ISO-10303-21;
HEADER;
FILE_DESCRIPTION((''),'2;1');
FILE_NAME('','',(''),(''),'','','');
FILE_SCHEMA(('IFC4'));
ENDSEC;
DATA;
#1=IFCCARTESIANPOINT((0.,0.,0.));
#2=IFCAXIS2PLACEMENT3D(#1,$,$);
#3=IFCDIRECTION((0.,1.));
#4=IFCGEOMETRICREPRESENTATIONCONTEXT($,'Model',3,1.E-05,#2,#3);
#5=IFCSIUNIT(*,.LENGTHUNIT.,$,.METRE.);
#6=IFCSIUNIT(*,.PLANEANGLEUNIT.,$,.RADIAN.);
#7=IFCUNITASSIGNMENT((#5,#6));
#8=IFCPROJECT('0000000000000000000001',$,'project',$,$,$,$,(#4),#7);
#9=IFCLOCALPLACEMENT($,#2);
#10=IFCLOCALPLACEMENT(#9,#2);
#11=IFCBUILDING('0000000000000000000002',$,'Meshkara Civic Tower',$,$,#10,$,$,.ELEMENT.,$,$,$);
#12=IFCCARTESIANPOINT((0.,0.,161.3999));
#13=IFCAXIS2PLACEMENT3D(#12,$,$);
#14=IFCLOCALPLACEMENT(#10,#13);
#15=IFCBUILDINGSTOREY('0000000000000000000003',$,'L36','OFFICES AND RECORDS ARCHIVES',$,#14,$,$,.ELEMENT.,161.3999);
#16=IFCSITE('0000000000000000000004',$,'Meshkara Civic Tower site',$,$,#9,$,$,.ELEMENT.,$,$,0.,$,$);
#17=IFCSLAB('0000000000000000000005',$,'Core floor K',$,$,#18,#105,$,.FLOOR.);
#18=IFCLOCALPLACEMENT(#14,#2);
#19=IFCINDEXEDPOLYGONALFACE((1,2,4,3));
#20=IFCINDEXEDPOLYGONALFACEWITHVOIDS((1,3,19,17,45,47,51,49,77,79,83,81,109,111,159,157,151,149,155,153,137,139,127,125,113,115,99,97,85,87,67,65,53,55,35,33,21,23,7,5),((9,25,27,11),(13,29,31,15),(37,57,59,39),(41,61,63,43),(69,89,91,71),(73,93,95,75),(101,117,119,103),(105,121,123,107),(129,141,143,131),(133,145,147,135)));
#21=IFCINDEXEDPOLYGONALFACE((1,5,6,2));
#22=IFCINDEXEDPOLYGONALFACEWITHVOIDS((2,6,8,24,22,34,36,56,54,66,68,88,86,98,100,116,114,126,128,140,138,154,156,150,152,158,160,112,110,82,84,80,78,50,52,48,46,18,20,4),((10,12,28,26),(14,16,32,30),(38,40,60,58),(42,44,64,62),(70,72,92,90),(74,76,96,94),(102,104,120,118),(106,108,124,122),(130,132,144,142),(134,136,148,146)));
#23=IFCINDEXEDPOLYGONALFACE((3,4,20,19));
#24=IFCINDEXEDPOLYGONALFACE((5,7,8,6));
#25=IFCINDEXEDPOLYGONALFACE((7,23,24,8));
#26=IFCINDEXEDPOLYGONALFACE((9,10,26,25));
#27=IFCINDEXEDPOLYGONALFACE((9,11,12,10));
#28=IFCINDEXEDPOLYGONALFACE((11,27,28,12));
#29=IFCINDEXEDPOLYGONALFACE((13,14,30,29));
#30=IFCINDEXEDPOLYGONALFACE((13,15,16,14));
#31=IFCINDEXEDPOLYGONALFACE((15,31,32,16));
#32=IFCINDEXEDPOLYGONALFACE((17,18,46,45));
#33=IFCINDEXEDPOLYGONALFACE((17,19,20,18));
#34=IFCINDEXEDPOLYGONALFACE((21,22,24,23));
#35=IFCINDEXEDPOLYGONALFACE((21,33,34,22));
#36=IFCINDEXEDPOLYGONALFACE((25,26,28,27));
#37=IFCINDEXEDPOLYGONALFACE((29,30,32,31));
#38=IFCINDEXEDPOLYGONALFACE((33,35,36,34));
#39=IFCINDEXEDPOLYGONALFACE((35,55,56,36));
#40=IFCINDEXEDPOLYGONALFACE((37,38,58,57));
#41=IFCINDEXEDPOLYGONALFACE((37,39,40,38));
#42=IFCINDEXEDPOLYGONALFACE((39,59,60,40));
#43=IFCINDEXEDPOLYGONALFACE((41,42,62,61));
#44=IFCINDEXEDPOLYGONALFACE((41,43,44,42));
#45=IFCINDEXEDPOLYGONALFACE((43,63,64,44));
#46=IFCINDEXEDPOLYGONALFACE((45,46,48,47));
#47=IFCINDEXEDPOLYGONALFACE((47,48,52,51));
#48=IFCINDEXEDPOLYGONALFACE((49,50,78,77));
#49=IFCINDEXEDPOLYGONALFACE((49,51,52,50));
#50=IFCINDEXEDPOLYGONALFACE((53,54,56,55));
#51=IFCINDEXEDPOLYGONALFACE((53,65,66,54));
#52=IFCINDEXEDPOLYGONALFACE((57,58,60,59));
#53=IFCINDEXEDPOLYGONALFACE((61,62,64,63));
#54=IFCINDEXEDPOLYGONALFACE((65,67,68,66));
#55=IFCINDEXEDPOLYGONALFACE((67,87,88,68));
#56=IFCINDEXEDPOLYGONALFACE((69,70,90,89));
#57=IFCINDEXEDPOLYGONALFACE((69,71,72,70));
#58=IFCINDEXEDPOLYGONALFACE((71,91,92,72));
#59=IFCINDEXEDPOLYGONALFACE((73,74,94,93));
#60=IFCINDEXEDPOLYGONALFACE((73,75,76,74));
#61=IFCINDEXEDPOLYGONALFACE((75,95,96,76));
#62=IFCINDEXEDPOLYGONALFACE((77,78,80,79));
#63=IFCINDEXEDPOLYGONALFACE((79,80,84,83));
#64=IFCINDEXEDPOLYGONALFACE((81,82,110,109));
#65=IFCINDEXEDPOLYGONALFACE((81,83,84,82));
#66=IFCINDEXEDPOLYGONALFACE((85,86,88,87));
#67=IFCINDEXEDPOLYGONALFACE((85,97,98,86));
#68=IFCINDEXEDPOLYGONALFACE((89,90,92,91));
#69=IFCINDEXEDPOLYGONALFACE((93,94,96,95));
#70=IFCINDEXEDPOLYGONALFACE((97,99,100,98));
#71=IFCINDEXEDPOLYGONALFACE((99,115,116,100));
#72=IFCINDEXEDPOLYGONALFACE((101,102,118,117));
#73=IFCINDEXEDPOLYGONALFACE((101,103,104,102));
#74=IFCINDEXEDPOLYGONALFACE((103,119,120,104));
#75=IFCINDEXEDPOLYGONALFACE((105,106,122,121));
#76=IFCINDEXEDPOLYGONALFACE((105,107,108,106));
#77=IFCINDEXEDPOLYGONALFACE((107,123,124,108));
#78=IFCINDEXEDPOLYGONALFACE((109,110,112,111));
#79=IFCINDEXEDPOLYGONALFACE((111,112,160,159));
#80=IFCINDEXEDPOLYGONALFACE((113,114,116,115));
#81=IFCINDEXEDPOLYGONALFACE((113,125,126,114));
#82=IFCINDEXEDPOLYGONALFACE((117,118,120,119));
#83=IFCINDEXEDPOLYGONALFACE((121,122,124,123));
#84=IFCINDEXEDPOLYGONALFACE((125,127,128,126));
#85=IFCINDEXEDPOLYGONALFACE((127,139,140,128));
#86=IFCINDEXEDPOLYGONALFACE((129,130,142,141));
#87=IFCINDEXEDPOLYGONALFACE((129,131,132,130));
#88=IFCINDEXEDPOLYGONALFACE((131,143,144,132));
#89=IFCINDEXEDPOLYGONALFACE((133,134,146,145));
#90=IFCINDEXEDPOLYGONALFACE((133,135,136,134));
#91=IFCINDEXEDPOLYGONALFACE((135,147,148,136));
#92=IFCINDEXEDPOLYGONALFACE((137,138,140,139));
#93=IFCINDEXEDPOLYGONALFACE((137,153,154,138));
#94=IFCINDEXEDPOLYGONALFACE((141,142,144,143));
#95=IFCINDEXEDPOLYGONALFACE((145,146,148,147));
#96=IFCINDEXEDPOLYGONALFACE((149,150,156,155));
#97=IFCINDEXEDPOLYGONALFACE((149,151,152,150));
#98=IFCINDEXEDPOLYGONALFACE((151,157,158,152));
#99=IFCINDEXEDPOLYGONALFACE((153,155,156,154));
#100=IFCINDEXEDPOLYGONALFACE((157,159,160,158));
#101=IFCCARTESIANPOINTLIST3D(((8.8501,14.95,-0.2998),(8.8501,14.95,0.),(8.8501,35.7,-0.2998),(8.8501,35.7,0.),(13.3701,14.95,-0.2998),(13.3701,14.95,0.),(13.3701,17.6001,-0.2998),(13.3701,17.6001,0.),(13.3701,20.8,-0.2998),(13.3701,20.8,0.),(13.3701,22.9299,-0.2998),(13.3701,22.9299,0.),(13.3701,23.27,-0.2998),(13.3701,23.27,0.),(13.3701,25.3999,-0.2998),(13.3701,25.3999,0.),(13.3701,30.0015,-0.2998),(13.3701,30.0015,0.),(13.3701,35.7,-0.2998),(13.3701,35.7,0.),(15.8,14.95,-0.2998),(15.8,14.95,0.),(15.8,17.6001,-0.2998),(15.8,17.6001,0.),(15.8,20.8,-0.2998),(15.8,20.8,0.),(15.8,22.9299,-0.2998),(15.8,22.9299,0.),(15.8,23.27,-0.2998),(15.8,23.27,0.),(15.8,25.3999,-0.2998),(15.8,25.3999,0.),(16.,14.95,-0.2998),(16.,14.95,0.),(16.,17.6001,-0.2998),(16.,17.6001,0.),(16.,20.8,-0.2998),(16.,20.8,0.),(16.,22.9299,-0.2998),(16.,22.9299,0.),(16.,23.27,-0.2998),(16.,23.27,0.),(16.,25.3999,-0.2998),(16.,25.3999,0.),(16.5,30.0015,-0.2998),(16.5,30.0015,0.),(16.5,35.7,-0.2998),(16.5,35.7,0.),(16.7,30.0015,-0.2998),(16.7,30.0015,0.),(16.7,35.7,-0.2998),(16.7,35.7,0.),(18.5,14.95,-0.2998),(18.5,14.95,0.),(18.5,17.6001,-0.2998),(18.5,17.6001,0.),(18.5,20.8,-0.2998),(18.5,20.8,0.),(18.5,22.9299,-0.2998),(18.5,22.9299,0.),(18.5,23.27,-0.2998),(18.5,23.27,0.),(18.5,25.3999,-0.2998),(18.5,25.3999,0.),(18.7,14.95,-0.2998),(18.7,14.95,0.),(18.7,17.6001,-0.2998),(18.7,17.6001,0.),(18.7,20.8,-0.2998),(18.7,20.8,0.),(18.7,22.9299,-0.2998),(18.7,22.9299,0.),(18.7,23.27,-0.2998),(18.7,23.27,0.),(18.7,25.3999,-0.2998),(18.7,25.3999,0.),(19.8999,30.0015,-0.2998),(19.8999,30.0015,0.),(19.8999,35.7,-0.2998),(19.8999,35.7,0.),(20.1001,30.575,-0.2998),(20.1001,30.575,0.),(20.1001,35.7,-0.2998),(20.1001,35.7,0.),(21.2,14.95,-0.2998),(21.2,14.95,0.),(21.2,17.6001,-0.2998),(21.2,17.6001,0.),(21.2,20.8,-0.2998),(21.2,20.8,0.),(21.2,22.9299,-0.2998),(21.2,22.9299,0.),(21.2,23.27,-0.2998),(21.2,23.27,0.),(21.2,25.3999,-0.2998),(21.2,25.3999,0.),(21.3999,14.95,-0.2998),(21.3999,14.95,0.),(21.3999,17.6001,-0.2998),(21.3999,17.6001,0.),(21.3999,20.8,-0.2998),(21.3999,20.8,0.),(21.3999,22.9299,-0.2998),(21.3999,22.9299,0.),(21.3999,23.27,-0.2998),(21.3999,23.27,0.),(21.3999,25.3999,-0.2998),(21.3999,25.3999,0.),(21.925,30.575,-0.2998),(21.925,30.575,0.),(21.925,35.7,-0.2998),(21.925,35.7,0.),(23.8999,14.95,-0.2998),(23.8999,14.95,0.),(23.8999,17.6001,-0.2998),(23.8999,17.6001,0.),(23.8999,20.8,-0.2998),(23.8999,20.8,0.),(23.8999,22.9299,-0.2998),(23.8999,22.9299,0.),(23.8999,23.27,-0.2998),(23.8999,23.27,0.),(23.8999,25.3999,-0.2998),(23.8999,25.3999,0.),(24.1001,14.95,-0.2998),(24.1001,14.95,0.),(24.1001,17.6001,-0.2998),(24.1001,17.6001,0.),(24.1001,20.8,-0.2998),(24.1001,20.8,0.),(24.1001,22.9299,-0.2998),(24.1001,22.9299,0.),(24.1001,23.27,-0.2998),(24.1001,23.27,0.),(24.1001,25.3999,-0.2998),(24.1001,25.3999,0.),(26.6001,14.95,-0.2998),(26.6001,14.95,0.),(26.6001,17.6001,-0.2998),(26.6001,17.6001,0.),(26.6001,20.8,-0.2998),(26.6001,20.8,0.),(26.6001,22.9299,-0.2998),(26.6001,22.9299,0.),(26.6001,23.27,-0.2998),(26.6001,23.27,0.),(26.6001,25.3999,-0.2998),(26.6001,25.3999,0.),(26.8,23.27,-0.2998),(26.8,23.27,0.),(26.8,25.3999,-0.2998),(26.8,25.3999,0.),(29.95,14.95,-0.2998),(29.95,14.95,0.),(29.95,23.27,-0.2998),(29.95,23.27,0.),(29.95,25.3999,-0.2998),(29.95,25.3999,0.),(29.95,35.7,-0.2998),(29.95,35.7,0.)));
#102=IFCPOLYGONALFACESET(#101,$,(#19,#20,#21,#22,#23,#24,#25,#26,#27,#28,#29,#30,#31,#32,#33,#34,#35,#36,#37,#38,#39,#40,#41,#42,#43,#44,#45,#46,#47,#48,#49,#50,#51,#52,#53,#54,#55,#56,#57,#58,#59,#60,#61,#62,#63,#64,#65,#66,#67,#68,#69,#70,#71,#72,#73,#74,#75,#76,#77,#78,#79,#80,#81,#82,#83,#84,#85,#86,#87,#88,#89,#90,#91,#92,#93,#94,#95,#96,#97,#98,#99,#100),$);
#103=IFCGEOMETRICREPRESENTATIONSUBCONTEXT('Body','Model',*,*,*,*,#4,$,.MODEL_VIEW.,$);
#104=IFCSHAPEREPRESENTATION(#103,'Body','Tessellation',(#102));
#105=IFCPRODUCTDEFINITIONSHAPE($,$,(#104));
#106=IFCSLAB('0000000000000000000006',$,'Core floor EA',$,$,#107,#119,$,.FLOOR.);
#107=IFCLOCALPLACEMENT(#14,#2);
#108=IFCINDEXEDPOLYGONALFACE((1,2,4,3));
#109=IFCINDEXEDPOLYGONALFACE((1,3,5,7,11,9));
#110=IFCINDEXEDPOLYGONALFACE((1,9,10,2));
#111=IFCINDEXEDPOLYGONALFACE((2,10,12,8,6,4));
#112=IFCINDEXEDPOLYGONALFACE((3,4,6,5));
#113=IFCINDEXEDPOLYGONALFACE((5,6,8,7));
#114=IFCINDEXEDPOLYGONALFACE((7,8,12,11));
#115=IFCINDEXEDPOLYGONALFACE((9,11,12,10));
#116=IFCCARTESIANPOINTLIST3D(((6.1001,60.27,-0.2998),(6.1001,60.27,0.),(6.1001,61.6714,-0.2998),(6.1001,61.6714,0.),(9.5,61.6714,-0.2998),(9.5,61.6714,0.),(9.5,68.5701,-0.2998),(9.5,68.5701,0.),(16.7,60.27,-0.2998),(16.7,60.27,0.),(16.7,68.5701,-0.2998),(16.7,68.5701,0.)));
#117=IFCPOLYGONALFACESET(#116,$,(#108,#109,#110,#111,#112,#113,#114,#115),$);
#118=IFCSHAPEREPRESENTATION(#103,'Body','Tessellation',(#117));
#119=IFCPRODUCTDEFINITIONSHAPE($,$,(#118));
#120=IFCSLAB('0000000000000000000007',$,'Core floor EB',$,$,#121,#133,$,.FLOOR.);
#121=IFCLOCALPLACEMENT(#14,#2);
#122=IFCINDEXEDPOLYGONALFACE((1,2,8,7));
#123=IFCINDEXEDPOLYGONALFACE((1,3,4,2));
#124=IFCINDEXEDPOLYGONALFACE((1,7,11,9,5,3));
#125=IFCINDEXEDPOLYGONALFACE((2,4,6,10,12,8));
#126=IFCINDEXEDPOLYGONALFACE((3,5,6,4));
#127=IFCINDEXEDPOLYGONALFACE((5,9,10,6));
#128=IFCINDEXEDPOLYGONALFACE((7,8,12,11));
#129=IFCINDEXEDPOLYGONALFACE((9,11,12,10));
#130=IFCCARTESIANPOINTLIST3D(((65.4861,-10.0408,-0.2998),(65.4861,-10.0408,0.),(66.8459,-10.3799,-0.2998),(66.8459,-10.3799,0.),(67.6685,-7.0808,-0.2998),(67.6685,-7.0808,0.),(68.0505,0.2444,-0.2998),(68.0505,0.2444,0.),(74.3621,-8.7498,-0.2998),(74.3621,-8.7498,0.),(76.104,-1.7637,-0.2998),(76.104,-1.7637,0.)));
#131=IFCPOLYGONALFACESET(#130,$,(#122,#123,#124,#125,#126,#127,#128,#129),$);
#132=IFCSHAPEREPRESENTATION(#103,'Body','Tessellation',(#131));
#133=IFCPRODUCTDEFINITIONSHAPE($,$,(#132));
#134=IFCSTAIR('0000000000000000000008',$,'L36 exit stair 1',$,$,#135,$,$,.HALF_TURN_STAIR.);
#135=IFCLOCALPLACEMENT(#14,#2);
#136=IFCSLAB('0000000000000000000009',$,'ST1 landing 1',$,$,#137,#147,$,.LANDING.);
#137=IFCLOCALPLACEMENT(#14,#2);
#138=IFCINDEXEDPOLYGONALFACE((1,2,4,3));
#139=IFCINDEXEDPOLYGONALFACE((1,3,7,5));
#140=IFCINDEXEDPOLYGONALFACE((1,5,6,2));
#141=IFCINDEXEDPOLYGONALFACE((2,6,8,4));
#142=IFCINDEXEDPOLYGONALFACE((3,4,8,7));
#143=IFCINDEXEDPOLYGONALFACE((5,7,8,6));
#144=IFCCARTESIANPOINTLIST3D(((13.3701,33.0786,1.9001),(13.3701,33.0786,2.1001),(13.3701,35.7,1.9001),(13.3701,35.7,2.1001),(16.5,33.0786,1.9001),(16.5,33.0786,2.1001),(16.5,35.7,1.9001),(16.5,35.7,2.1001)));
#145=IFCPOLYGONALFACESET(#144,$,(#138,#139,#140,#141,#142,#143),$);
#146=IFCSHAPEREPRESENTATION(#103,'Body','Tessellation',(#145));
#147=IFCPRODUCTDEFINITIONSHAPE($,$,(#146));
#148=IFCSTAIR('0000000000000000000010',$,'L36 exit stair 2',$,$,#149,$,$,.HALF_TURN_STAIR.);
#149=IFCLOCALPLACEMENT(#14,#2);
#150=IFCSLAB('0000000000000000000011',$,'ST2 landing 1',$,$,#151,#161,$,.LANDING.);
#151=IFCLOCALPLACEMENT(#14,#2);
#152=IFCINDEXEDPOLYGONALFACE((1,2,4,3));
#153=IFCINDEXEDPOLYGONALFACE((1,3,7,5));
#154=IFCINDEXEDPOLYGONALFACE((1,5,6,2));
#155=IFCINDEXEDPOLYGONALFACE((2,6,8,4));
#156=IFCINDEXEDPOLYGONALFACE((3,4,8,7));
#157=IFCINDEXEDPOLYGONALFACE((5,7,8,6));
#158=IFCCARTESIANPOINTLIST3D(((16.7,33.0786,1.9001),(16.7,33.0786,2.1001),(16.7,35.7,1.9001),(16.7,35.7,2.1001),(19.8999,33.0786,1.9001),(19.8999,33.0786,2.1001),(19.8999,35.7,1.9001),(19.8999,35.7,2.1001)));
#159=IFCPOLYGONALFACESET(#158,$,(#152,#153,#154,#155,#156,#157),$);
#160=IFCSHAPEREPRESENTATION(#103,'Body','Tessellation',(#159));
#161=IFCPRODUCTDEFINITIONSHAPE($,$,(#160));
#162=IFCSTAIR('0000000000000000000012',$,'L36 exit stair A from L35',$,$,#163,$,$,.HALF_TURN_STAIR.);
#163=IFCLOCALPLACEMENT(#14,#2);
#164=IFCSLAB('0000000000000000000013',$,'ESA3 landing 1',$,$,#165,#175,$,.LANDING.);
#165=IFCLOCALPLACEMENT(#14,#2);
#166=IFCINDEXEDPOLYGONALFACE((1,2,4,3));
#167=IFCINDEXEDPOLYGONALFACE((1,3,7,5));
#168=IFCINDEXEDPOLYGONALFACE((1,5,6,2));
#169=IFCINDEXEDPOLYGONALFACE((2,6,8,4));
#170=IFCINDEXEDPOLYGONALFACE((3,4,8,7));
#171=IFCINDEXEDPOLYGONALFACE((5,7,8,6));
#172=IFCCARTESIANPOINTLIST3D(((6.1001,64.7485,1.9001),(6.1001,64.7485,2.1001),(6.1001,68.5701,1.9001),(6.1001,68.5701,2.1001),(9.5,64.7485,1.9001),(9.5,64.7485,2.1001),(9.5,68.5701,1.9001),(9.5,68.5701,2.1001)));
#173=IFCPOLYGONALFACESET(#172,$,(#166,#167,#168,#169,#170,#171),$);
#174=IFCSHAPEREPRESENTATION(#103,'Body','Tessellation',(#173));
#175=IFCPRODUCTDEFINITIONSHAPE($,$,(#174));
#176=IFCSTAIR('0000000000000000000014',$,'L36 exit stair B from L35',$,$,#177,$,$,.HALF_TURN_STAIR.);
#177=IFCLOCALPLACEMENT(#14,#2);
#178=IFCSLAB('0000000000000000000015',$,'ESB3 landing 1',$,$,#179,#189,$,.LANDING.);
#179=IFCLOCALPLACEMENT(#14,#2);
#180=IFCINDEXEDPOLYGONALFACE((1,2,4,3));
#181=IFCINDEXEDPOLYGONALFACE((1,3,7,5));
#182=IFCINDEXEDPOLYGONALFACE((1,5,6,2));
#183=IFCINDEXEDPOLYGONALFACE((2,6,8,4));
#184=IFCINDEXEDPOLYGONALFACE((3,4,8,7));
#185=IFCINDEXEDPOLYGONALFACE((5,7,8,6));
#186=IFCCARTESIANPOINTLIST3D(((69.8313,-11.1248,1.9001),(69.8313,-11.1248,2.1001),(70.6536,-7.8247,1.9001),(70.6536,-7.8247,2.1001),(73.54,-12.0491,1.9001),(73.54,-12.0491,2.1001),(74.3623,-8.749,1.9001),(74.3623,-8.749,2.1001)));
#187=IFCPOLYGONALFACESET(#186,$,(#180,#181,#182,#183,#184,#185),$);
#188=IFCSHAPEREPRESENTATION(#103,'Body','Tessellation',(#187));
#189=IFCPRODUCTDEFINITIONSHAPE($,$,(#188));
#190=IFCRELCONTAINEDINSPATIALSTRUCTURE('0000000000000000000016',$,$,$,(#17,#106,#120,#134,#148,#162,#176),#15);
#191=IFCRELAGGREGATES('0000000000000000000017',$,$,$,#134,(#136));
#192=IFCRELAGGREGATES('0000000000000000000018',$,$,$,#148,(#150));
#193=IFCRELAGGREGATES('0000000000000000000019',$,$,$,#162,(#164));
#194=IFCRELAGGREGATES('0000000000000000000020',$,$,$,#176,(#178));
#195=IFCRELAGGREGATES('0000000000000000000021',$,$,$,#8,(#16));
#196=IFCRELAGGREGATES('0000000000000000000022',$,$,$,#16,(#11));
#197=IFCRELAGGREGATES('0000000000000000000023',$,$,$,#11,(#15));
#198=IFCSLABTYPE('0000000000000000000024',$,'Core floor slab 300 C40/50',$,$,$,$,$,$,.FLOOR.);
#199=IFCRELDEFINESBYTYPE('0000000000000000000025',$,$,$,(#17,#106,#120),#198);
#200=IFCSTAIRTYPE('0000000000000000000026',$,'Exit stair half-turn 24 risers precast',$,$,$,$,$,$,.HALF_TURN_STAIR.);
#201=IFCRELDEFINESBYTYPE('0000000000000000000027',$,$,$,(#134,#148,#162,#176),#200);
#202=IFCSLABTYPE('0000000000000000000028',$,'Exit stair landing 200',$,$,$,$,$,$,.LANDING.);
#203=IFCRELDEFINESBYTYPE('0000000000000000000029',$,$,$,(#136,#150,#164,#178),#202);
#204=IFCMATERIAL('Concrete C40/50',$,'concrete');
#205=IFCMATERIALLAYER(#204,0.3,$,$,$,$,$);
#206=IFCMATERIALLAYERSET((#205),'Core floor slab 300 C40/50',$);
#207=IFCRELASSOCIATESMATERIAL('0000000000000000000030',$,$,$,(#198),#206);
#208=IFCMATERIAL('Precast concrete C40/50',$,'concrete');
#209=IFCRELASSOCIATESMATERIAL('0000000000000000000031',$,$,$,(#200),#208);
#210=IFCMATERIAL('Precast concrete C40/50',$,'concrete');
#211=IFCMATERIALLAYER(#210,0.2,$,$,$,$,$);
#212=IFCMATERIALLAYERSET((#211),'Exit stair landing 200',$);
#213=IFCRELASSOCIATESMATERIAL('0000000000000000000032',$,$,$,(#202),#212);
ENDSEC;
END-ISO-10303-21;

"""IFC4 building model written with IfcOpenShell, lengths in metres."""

from ifc_helpers import new_model, si_unit, direction, frame, origin, place, context, subcontext, project, spatial, polyline, outline, extrude, material, layer, layer_set, type_object, element, aggregate, save


model = new_model("IFC4")

# Units and contexts
model_context = context("Model", 3, precision=1e-05, world=origin(), true_north=direction((0.0, 1.0)))
body_context = subcontext(model_context, "Body", "Model", "MODEL_VIEW")
ifc_project = project(units=[si_unit("LENGTHUNIT", "METRE"), si_unit("PLANEANGLEUNIT", "RADIAN")], contexts=[model_context])

# Site, building, storey
site_placement = place(None, origin())
site = spatial("IfcSite", under=ifc_project, at=site_placement, Name="Meshkara Civic Tower site", CompositionType="ELEMENT", RefElevation=0.0)
building_placement = place(site_placement, origin())
building = spatial("IfcBuilding", under=site, at=building_placement, Name="Meshkara Civic Tower", CompositionType="ELEMENT")
storey_placement = place(building_placement, frame((0.0, 0.0, 161.3999)))
storey = spatial("IfcBuildingStorey", under=building, at=storey_placement, Name="L36", Description="OFFICES AND RECORDS ARCHIVES", CompositionType="ELEMENT", Elevation=161.3999)

# Slabs
ifc_material_1 = material(Name="Concrete C40/50", Category="concrete")
ifc_layer_1 = layer(ifc_material_1, 0.3)
ifc_layer_set_1 = layer_set([ifc_layer_1], Name="Core floor slab 300 C40/50")
slab_type_1 = type_object("IfcSlabType", Name="Core floor slab 300 C40/50", PredefinedType="FLOOR", material=ifc_layer_set_1)
slab_1_placement = place(storey_placement, frame((0.0, 0.0, -0.2998)))
element("IfcSlab", 1, at=slab_1_placement, inside=storey, type_object=slab_type_1, Name="Core floor K", PredefinedType="FLOOR", context=body_context, shape_type="SweptSolid", body=[
    extrude(outline(polyline([(8.8501, 35.7), (13.3701, 35.7), (13.3701, 30.0015), (16.5, 30.0015), (16.5, 35.7), (16.7, 35.7), (16.7, 30.0015), (19.8999, 30.0015), (19.8999, 35.7), (20.1001, 35.7), (20.1001, 30.575), (21.925, 30.575), (21.925, 35.7), (29.95, 35.7), (29.95, 25.3999), (26.8, 25.3999), (26.8, 23.27), (29.95, 23.27), (29.95, 14.95), (26.6001, 14.95), (26.6001, 17.6001), (24.1001, 17.6001), (24.1001, 14.95), (23.8999, 14.95), (23.8999, 17.6001), (21.3999, 17.6001), (21.3999, 14.95), (21.2, 14.95), (21.2, 17.6001), (18.7, 17.6001), (18.7, 14.95), (18.5, 14.95), (18.5, 17.6001), (16.0, 17.6001), (16.0, 14.95), (15.8, 14.95), (15.8, 17.6001), (13.3701, 17.6001), (13.3701, 14.95), (8.8501, 14.95), (8.8501, 35.7)]), holes=[polyline([(15.8, 20.8), (15.8, 22.9299), (13.3701, 22.9299), (13.3701, 20.8), (15.8, 20.8)]), polyline([(16.0, 22.9299), (16.0, 20.8), (18.5, 20.8), (18.5, 22.9299), (16.0, 22.9299)]), polyline([(18.7, 22.9299), (18.7, 20.8), (21.2, 20.8), (21.2, 22.9299), (18.7, 22.9299)]), polyline([(15.8, 23.27), (15.8, 25.3999), (13.3701, 25.3999), (13.3701, 23.27), (15.8, 23.27)]), polyline([(16.0, 25.3999), (16.0, 23.27), (18.5, 23.27), (18.5, 25.3999), (16.0, 25.3999)]), polyline([(21.2, 25.3999), (18.7, 25.3999), (18.7, 23.27), (21.2, 23.27), (21.2, 25.3999)]), polyline([(21.3999, 22.9299), (21.3999, 20.8), (23.8999, 20.8), (23.8999, 22.9299), (21.3999, 22.9299)]), polyline([(24.1001, 20.8), (26.6001, 20.8), (26.6001, 22.9299), (24.1001, 22.9299), (24.1001, 20.8)]), polyline([(21.3999, 23.27), (23.8999, 23.27), (23.8999, 25.3999), (21.3999, 25.3999), (21.3999, 23.27)]), polyline([(26.6001, 23.27), (26.6001, 25.3999), (24.1001, 25.3999), (24.1001, 23.27), (26.6001, 23.27)])]), origin(), (0.0, 0.0, 1.0), 0.2998),
])
slab_2_placement = place(storey_placement, frame((0.0, 0.0, -0.2998)))
element("IfcSlab", 2, at=slab_2_placement, inside=storey, type_object=slab_type_1, Name="Core floor EA", PredefinedType="FLOOR", context=body_context, shape_type="SweptSolid", body=[
    extrude(outline(polyline([(16.7, 60.27), (16.7, 68.5701), (9.5, 68.5701), (9.5, 61.6714), (6.1001, 61.6714), (6.1001, 60.27), (16.7, 60.27)])), origin(), (0.0, 0.0, 1.0), 0.2998),
])
slab_3_placement = place(storey_placement, frame((0.0, 0.0, -0.2998)))
element("IfcSlab", 3, at=slab_3_placement, inside=storey, type_object=slab_type_1, Name="Core floor EB", PredefinedType="FLOOR", context=body_context, shape_type="SweptSolid", body=[
    extrude(outline(polyline([(68.0505, 0.2444), (76.104, -1.7637), (74.3621, -8.7498), (67.6685, -7.0808), (66.8459, -10.3799), (65.4861, -10.0408), (68.0505, 0.2444)])), origin(), (0.0, 0.0, 1.0), 0.2998),
])

# Stairs, slabs
ifc_material_2 = material(Name="Precast concrete C40/50", Category="concrete")
stair_type = type_object("IfcStairType", Name="Exit stair half-turn 24 risers precast", PredefinedType="HALF_TURN_STAIR", material=ifc_material_2)
stair_1_placement = place(storey_placement, origin())
stair_1 = element("IfcStair", 4, at=stair_1_placement, inside=storey, type_object=stair_type, Name="L36 exit stair 1", PredefinedType="HALF_TURN_STAIR")
ifc_material_3 = material(Name="Precast concrete C40/50", Category="concrete")
ifc_layer_2 = layer(ifc_material_3, 0.2)
ifc_layer_set_2 = layer_set([ifc_layer_2], Name="Exit stair landing 200")
slab_type_2 = type_object("IfcSlabType", Name="Exit stair landing 200", PredefinedType="LANDING", material=ifc_layer_set_2)
slab_4_placement = place(storey_placement, frame((0.0, 0.0, 1.9001)))
slab_4 = element("IfcSlab", 5, at=slab_4_placement, type_object=slab_type_2, Name="ST1 landing 1", PredefinedType="LANDING", context=body_context, shape_type="SweptSolid", body=[
    extrude(outline(polyline([(16.5, 33.0786), (16.5, 35.7), (13.3701, 35.7), (13.3701, 33.0786), (16.5, 33.0786)])), origin(), (0.0, 0.0, 1.0), 0.2),
])
aggregate(stair_1, [slab_4])
stair_2_placement = place(storey_placement, origin())
stair_2 = element("IfcStair", 6, at=stair_2_placement, inside=storey, type_object=stair_type, Name="L36 exit stair 2", PredefinedType="HALF_TURN_STAIR")
slab_5_placement = place(storey_placement, frame((0.0, 0.0, 1.9001)))
slab_5 = element("IfcSlab", 7, at=slab_5_placement, type_object=slab_type_2, Name="ST2 landing 1", PredefinedType="LANDING", context=body_context, shape_type="SweptSolid", body=[
    extrude(outline(polyline([(19.8999, 33.0786), (19.8999, 35.7), (16.7, 35.7), (16.7, 33.0786), (19.8999, 33.0786)])), origin(), (0.0, 0.0, 1.0), 0.2),
])
aggregate(stair_2, [slab_5])
stair_3_placement = place(storey_placement, origin())
stair_3 = element("IfcStair", 8, at=stair_3_placement, inside=storey, type_object=stair_type, Name="L36 exit stair A from L35", PredefinedType="HALF_TURN_STAIR")
slab_6_placement = place(storey_placement, frame((0.0, 0.0, 1.9001)))
slab_6 = element("IfcSlab", 9, at=slab_6_placement, type_object=slab_type_2, Name="ESA3 landing 1", PredefinedType="LANDING", context=body_context, shape_type="SweptSolid", body=[
    extrude(outline(polyline([(9.5, 64.7485), (9.5, 68.5701), (6.1001, 68.5701), (6.1001, 64.7485), (9.5, 64.7485)])), origin(), (0.0, 0.0, 1.0), 0.2),
])
aggregate(stair_3, [slab_6])
stair_4_placement = place(storey_placement, origin())
stair_4 = element("IfcStair", 10, at=stair_4_placement, inside=storey, type_object=stair_type, Name="L36 exit stair B from L35", PredefinedType="HALF_TURN_STAIR")
slab_7_placement = place(storey_placement, frame((0.0, 0.0, 1.9001)))
slab_7 = element("IfcSlab", 11, at=slab_7_placement, type_object=slab_type_2, Name="ESB3 landing 1", PredefinedType="LANDING", context=body_context, shape_type="SweptSolid", body=[
    extrude(outline(polyline([(69.8313, -11.1248), (73.54, -12.0491), (74.3623, -8.749), (70.6536, -7.8247), (69.8313, -11.1248)])), origin(), (0.0, 0.0, 1.0), 0.2),
])
aggregate(stair_4, [slab_7])

save(model, "model.ifc")
